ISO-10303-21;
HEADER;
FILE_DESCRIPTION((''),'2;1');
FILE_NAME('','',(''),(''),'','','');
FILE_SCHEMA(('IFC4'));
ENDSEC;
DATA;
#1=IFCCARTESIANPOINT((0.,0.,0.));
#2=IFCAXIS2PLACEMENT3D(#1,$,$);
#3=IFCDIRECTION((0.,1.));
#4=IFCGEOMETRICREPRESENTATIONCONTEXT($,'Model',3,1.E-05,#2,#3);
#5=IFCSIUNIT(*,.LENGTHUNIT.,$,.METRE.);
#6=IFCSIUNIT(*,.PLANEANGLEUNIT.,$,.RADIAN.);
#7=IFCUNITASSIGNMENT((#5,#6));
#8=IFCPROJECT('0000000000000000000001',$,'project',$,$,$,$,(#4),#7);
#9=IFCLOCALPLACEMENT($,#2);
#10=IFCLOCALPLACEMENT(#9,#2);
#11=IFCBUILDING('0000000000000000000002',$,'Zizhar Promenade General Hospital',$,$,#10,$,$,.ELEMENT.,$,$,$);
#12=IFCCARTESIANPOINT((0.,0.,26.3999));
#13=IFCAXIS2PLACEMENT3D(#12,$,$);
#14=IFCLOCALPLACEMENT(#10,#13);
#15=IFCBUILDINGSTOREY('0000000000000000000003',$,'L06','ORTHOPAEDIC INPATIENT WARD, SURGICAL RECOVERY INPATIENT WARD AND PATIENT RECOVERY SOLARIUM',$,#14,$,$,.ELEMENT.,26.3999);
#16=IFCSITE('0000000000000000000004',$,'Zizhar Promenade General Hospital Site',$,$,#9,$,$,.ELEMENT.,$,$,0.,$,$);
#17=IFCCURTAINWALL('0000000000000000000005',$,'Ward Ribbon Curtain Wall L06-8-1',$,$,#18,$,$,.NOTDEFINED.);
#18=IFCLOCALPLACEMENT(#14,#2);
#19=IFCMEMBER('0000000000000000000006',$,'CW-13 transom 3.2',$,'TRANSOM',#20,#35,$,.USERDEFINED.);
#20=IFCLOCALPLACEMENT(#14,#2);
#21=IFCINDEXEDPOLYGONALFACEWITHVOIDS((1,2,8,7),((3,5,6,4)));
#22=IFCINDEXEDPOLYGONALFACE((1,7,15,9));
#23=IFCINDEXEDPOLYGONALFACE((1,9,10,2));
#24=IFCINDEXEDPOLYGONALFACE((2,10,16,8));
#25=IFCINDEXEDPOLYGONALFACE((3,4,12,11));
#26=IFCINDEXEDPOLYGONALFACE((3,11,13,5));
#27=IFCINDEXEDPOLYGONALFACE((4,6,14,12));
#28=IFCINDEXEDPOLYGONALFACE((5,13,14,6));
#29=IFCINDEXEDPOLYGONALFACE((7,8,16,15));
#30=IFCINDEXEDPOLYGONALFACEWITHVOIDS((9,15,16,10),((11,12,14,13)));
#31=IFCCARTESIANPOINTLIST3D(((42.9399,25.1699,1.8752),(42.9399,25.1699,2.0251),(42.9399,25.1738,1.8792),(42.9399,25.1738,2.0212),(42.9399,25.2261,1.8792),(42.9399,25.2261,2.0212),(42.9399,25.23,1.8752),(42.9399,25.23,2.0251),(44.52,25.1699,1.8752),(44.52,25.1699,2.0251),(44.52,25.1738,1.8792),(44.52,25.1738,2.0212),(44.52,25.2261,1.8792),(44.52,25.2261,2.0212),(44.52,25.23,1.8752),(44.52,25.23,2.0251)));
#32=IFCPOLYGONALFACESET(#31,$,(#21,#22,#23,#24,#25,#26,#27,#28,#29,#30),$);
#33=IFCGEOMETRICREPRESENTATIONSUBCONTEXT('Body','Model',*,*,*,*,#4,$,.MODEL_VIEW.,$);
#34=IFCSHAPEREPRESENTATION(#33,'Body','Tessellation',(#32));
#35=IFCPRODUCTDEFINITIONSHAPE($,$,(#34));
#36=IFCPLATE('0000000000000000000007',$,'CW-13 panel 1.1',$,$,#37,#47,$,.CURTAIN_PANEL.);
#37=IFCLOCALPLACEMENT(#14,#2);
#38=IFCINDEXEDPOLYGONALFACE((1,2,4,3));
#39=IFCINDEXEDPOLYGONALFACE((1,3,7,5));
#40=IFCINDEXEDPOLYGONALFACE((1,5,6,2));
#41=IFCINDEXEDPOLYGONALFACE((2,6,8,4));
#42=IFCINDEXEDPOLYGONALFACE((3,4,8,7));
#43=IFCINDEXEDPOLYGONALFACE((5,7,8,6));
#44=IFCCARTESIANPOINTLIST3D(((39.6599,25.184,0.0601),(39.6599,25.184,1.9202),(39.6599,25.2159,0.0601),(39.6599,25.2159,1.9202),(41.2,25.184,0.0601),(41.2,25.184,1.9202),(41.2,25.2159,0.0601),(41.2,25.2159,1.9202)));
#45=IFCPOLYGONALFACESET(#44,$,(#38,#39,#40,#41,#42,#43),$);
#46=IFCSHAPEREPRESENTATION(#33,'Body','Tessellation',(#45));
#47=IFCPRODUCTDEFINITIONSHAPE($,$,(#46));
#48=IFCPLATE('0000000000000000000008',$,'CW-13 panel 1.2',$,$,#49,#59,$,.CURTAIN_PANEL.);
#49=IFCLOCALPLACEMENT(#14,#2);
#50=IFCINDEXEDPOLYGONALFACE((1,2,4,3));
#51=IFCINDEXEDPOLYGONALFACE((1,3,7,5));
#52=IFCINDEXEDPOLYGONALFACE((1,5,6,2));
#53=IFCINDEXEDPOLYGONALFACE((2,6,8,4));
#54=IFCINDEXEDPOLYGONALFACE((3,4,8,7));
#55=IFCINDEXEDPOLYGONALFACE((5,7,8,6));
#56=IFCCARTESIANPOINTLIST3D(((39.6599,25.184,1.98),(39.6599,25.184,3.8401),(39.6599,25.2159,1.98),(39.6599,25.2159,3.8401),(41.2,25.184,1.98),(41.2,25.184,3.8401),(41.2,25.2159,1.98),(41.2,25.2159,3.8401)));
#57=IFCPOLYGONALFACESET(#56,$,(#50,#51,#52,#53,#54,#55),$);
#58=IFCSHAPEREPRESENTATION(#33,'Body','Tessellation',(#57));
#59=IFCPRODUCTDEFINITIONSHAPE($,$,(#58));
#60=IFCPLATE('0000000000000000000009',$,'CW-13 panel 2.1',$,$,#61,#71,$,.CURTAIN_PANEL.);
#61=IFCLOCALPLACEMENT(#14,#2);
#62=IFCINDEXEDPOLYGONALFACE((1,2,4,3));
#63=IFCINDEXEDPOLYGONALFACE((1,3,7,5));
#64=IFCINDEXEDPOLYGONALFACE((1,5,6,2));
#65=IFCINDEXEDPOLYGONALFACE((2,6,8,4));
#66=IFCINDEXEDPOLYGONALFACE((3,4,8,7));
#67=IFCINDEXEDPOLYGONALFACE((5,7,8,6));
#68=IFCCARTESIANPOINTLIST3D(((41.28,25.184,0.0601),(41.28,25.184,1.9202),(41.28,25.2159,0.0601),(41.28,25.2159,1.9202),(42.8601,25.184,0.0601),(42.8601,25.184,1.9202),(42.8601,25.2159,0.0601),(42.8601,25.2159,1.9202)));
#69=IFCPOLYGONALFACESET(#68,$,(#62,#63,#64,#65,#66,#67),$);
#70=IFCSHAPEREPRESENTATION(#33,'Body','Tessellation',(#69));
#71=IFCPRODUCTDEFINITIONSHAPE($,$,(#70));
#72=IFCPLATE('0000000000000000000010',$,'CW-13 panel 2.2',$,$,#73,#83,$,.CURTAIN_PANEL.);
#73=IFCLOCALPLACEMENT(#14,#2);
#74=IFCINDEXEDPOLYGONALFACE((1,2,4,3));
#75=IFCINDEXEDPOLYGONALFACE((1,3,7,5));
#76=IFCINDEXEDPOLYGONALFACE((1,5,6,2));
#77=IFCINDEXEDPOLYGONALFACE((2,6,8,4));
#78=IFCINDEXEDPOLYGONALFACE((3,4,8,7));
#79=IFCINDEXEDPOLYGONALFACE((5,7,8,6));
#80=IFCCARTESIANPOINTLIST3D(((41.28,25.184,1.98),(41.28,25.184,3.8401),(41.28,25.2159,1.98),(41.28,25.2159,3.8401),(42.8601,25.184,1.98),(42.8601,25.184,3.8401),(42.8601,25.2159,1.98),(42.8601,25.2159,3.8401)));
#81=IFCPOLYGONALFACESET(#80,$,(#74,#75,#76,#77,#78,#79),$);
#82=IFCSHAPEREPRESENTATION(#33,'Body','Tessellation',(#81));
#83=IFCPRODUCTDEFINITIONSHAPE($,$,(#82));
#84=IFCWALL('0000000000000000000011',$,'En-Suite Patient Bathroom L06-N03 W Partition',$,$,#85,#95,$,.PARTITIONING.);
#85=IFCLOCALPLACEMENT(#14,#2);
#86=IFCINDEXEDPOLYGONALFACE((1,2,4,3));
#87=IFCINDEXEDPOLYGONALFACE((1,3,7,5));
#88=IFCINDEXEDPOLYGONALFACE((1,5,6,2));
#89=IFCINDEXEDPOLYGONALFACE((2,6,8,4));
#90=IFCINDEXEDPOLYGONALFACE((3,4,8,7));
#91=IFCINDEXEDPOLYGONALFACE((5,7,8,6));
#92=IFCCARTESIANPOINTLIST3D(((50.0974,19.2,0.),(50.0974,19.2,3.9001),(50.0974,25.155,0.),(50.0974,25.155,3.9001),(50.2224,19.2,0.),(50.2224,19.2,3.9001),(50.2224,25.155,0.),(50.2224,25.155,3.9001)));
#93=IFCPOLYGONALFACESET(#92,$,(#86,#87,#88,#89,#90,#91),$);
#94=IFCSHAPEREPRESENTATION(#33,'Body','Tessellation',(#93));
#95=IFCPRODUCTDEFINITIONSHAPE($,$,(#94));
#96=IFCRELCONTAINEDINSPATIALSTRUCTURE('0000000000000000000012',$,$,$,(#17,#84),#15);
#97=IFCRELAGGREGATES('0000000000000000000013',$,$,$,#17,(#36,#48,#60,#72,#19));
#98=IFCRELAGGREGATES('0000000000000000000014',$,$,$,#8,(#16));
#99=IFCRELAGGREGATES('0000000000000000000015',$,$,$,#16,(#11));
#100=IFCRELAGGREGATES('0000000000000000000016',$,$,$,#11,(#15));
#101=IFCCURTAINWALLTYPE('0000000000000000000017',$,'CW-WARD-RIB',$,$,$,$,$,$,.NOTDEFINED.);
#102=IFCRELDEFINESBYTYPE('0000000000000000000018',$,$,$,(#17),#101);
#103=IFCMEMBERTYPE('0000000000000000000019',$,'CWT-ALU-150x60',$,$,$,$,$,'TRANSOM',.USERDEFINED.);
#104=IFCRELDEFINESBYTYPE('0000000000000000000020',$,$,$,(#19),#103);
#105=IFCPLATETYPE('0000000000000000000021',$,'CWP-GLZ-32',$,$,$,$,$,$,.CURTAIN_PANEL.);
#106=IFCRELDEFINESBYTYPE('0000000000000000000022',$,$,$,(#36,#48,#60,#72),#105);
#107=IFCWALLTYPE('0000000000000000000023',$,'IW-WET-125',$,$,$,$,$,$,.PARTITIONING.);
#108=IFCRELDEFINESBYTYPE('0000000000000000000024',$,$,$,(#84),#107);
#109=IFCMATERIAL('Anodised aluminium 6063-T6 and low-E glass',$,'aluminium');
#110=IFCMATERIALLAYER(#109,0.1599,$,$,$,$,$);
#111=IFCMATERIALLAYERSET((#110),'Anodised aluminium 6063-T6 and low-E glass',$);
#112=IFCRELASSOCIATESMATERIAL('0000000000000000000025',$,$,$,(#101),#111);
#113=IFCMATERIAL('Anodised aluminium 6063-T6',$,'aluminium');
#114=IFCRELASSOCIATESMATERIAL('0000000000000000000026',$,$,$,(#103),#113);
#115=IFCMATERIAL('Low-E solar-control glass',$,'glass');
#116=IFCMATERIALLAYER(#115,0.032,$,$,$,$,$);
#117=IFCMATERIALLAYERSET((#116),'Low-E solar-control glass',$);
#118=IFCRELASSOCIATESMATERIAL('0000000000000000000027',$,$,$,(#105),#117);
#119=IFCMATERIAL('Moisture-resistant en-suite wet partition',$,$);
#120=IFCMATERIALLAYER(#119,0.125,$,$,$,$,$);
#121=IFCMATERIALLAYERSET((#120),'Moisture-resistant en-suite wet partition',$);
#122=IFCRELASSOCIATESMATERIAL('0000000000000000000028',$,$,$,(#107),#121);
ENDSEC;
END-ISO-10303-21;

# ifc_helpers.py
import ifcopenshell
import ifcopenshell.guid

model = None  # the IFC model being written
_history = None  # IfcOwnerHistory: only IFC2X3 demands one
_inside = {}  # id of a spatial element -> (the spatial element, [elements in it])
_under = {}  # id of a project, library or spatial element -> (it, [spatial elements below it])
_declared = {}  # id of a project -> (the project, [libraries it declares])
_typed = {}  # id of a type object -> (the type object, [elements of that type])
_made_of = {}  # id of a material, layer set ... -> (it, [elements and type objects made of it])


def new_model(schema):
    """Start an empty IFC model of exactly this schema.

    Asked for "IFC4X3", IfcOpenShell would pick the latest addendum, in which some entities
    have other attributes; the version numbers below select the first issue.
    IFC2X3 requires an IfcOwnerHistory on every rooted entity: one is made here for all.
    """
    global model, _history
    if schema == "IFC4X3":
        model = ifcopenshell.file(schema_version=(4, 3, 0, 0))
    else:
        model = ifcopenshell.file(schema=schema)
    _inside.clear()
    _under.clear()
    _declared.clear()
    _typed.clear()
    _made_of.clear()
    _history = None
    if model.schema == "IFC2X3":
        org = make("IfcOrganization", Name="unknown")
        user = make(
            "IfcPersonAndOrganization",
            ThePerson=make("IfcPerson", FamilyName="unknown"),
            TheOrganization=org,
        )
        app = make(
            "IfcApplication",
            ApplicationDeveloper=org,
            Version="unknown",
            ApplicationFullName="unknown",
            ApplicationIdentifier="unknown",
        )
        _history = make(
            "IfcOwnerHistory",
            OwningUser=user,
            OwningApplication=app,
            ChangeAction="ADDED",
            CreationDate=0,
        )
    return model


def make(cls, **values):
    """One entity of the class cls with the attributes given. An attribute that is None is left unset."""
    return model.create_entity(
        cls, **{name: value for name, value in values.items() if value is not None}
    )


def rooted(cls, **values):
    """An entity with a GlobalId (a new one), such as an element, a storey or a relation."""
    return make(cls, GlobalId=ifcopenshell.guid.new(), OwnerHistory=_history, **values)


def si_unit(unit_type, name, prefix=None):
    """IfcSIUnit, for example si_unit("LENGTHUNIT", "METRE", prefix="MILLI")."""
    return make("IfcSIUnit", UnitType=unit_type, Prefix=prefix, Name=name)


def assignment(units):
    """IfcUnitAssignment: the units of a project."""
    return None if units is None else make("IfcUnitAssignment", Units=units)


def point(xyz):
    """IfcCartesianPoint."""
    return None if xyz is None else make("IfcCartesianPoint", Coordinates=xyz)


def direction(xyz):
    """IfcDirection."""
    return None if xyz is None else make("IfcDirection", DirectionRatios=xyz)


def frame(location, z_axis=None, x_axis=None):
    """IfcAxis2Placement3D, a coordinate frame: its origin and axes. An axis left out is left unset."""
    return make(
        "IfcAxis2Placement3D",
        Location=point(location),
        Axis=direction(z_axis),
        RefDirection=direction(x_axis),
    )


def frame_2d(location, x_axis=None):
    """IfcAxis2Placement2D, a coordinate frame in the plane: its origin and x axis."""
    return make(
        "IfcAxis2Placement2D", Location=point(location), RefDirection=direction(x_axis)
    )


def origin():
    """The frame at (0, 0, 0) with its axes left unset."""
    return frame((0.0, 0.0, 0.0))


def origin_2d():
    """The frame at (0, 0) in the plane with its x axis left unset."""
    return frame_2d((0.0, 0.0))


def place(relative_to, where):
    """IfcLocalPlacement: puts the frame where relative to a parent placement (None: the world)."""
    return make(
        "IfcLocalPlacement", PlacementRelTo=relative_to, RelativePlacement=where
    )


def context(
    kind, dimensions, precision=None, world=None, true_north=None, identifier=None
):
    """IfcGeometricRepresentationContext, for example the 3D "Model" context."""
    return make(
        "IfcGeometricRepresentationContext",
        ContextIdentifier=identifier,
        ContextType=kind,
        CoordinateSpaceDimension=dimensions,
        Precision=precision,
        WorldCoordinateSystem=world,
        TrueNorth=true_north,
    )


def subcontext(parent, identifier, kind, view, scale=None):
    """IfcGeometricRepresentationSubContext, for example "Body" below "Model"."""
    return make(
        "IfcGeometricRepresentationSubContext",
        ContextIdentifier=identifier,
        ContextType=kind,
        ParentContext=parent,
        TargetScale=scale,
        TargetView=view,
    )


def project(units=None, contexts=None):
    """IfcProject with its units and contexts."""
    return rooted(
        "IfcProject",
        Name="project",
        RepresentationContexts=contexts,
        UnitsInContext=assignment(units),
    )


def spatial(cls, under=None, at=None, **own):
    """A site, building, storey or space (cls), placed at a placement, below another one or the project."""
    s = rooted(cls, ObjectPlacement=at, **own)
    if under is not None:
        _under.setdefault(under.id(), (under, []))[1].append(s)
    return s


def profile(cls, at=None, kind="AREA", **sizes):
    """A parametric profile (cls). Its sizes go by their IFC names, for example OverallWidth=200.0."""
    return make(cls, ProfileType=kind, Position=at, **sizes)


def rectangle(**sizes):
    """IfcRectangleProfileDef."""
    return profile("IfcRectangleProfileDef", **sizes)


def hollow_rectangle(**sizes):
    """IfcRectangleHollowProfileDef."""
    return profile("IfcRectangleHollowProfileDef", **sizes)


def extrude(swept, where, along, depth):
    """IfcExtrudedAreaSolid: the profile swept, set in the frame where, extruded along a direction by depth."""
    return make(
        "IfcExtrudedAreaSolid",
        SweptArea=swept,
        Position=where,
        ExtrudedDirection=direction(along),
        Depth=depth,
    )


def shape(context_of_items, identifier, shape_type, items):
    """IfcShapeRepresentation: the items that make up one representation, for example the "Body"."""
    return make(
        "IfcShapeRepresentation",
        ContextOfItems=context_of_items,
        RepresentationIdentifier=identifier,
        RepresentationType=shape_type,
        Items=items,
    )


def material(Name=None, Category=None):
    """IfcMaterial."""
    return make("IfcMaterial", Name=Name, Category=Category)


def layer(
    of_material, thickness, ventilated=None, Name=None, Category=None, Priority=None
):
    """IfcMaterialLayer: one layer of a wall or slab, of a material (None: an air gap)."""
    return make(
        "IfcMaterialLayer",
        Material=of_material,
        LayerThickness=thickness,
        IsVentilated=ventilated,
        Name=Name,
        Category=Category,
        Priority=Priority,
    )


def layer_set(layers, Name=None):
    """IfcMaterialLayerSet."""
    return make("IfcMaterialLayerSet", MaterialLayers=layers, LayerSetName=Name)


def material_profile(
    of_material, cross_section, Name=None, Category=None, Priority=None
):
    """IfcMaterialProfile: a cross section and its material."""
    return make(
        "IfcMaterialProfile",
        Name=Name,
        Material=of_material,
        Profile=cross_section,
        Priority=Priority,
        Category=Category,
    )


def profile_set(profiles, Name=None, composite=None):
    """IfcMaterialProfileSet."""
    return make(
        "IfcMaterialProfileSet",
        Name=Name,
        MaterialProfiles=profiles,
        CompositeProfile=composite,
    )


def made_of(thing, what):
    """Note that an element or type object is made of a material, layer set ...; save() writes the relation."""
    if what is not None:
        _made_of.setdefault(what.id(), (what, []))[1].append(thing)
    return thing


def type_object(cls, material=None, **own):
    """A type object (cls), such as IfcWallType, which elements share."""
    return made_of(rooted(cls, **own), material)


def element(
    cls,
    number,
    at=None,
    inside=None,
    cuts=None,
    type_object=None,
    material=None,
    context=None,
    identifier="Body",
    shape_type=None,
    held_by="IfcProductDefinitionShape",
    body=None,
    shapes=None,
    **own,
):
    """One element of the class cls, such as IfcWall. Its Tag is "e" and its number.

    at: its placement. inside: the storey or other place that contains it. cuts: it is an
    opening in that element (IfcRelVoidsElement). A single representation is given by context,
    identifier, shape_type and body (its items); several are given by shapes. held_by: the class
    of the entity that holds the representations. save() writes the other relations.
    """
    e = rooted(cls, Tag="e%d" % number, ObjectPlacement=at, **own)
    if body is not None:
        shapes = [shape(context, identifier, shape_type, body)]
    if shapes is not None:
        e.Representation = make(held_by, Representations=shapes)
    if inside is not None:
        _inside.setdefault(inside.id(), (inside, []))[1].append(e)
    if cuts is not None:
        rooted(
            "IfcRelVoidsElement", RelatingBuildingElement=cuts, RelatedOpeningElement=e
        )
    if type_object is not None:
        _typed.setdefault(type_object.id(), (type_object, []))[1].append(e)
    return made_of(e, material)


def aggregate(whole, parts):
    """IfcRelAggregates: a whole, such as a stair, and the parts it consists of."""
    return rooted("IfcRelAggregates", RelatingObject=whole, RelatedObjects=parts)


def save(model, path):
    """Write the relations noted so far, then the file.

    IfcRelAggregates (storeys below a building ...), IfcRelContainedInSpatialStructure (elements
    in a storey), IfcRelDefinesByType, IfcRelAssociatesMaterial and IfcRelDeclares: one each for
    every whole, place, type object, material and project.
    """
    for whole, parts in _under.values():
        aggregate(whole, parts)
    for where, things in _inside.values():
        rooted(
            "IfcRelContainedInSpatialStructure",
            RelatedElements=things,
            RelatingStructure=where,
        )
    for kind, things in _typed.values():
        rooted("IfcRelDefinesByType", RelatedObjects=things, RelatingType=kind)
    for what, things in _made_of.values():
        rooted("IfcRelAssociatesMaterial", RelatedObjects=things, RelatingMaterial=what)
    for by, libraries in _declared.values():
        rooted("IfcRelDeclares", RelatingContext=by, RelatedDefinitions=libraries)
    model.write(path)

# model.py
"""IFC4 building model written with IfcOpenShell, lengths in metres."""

from ifc_helpers import new_model, si_unit, direction, frame, frame_2d, origin, origin_2d, place, context, subcontext, project, spatial, rectangle, hollow_rectangle, extrude, material, layer, layer_set, material_profile, profile_set, type_object, element, aggregate, save


model = new_model("IFC4")

# Units and contexts
model_context = context("Model", 3, precision=1e-05, world=origin(), true_north=direction((0.0, 1.0)))
body_context = subcontext(model_context, "Body", "Model", "MODEL_VIEW")
ifc_project = project(units=[si_unit("LENGTHUNIT", "METRE"), si_unit("PLANEANGLEUNIT", "RADIAN")], contexts=[model_context])

# Site, building, storey
site_placement = place(None, origin())
site = spatial("IfcSite", under=ifc_project, at=site_placement, Name="Zizhar Promenade General Hospital Site", CompositionType="ELEMENT", RefElevation=0.0)
building_placement = place(site_placement, origin())
building = spatial("IfcBuilding", under=site, at=building_placement, Name="Zizhar Promenade General Hospital", CompositionType="ELEMENT")
storey_placement = place(building_placement, frame((0.0, 0.0, 26.3999)))
storey = spatial("IfcBuildingStorey", under=building, at=storey_placement, Name="L06", Description="ORTHOPAEDIC INPATIENT WARD, SURGICAL RECOVERY INPATIENT WARD AND PATIENT RECOVERY SOLARIUM", CompositionType="ELEMENT", Elevation=26.3999)

# Curtain wall, member, plates
ifc_material_1 = material(Name="Anodised aluminium 6063-T6 and low-E glass", Category="aluminium")
ifc_layer_1 = layer(ifc_material_1, 0.1599)
ifc_layer_set_1 = layer_set([ifc_layer_1], Name="Anodised aluminium 6063-T6 and low-E glass")
curtain_wall_type = type_object("IfcCurtainWallType", Name="CW-WARD-RIB", PredefinedType="NOTDEFINED", material=ifc_layer_set_1)
curtain_wall_placement = place(storey_placement, origin())
curtain_wall = element("IfcCurtainWall", 1, at=curtain_wall_placement, inside=storey, type_object=curtain_wall_type, Name="Ward Ribbon Curtain Wall L06-8-1", PredefinedType="NOTDEFINED")
ifc_material_2 = material(Name="Anodised aluminium 6063-T6", Category="aluminium")
ifc_material_profile_1 = material_profile(ifc_material_2, hollow_rectangle(XDim=0.0601, YDim=0.1499, WallThickness=0.0039, at=origin_2d()))
ifc_profile_set_1 = profile_set([ifc_material_profile_1], Name="Anodised aluminium 6063-T6")
member_type_1 = type_object("IfcMemberType", Name="CWT-ALU-150x60", ElementType="TRANSOM", PredefinedType="USERDEFINED", material=ifc_profile_set_1)
member_1_placement = place(storey_placement, frame((42.9399, 25.2, 1.9502), z_axis=(1.0, 0.0, 0.0), x_axis=(0.0, 1.0, 0.0)))
member_1 = element("IfcMember", 2, at=member_1_placement, type_object=member_type_1, Name="CW-13 transom 3.2", ObjectType="TRANSOM", PredefinedType="USERDEFINED", context=body_context, shape_type="SweptSolid", body=[
    extrude(hollow_rectangle(XDim=0.0601, YDim=0.1499, WallThickness=0.0039, at=origin_2d()), origin(), (0.0, 0.0, 1.0), 1.5801),
])
ifc_material_3 = material(Name="Low-E solar-control glass", Category="glass")
ifc_layer_2 = layer(ifc_material_3, 0.032)
ifc_layer_set_2 = layer_set([ifc_layer_2], Name="Low-E solar-control glass")
plate_type = type_object("IfcPlateType", Name="CWP-GLZ-32", PredefinedType="CURTAIN_PANEL", material=ifc_layer_set_2)
plate_1_placement = place(storey_placement, frame((40.4299, 25.2, 0.0601), z_axis=(0.0, 0.0, 1.0), x_axis=(1.0, 0.0, 0.0)))
plate_1 = element("IfcPlate", 3, at=plate_1_placement, type_object=plate_type, Name="CW-13 panel 1.1", PredefinedType="CURTAIN_PANEL", context=body_context, shape_type="SweptSolid", body=[
    extrude(rectangle(XDim=1.54, YDim=0.032, at=origin_2d()), origin(), (0.0, 0.0, 1.0), 1.8601),
])
plate_2_placement = place(storey_placement, frame((40.4299, 25.2, 1.98), z_axis=(0.0, 0.0, 1.0), x_axis=(1.0, 0.0, 0.0)))
plate_2 = element("IfcPlate", 4, at=plate_2_placement, type_object=plate_type, Name="CW-13 panel 1.2", PredefinedType="CURTAIN_PANEL", context=body_context, shape_type="SweptSolid", body=[
    extrude(rectangle(XDim=1.54, YDim=0.032, at=origin_2d()), origin(), (0.0, 0.0, 1.0), 1.8601),
])
plate_3_placement = place(storey_placement, frame((42.0701, 25.2, 0.0601), z_axis=(0.0, 0.0, 1.0), x_axis=(1.0, 0.0, 0.0)))
plate_3 = element("IfcPlate", 5, at=plate_3_placement, type_object=plate_type, Name="CW-13 panel 2.1", PredefinedType="CURTAIN_PANEL", context=body_context, shape_type="SweptSolid", body=[
    extrude(rectangle(XDim=1.5801, YDim=0.032, at=origin_2d()), origin(), (0.0, 0.0, 1.0), 1.8601),
])
plate_4_placement = place(storey_placement, frame((42.0701, 25.2, 1.98), z_axis=(0.0, 0.0, 1.0), x_axis=(1.0, 0.0, 0.0)))
plate_4 = element("IfcPlate", 6, at=plate_4_placement, type_object=plate_type, Name="CW-13 panel 2.2", PredefinedType="CURTAIN_PANEL", context=body_context, shape_type="SweptSolid", body=[
    extrude(rectangle(XDim=1.5801, YDim=0.032, at=origin_2d()), origin(), (0.0, 0.0, 1.0), 1.8601),
])
aggregate(curtain_wall, [plate_1, plate_2, plate_3, plate_4, member_1])

# Wall
ifc_material_4 = material(Name="Moisture-resistant en-suite wet partition")
ifc_layer_3 = layer(ifc_material_4, 0.125)
ifc_layer_set_3 = layer_set([ifc_layer_3], Name="Moisture-resistant en-suite wet partition")
wall_type = type_object("IfcWallType", Name="IW-WET-125", PredefinedType="PARTITIONING", material=ifc_layer_set_3)
wall_placement = place(storey_placement, frame((50.1599, 19.2, 0.0), z_axis=(0.0, 0.0, 1.0), x_axis=(0.0, 1.0, 0.0)))
element("IfcWall", 7, at=wall_placement, inside=storey, type_object=wall_type, Name="En-Suite Patient Bathroom L06-N03 W Partition", PredefinedType="PARTITIONING", context=body_context, shape_type="SweptSolid", body=[
    extrude(rectangle(XDim=5.9551, YDim=0.125, at=frame_2d((2.9775, 0.0))), origin(), (0.0, 0.0, 1.0), 3.9001),
])

save(model, "model.ifc")
